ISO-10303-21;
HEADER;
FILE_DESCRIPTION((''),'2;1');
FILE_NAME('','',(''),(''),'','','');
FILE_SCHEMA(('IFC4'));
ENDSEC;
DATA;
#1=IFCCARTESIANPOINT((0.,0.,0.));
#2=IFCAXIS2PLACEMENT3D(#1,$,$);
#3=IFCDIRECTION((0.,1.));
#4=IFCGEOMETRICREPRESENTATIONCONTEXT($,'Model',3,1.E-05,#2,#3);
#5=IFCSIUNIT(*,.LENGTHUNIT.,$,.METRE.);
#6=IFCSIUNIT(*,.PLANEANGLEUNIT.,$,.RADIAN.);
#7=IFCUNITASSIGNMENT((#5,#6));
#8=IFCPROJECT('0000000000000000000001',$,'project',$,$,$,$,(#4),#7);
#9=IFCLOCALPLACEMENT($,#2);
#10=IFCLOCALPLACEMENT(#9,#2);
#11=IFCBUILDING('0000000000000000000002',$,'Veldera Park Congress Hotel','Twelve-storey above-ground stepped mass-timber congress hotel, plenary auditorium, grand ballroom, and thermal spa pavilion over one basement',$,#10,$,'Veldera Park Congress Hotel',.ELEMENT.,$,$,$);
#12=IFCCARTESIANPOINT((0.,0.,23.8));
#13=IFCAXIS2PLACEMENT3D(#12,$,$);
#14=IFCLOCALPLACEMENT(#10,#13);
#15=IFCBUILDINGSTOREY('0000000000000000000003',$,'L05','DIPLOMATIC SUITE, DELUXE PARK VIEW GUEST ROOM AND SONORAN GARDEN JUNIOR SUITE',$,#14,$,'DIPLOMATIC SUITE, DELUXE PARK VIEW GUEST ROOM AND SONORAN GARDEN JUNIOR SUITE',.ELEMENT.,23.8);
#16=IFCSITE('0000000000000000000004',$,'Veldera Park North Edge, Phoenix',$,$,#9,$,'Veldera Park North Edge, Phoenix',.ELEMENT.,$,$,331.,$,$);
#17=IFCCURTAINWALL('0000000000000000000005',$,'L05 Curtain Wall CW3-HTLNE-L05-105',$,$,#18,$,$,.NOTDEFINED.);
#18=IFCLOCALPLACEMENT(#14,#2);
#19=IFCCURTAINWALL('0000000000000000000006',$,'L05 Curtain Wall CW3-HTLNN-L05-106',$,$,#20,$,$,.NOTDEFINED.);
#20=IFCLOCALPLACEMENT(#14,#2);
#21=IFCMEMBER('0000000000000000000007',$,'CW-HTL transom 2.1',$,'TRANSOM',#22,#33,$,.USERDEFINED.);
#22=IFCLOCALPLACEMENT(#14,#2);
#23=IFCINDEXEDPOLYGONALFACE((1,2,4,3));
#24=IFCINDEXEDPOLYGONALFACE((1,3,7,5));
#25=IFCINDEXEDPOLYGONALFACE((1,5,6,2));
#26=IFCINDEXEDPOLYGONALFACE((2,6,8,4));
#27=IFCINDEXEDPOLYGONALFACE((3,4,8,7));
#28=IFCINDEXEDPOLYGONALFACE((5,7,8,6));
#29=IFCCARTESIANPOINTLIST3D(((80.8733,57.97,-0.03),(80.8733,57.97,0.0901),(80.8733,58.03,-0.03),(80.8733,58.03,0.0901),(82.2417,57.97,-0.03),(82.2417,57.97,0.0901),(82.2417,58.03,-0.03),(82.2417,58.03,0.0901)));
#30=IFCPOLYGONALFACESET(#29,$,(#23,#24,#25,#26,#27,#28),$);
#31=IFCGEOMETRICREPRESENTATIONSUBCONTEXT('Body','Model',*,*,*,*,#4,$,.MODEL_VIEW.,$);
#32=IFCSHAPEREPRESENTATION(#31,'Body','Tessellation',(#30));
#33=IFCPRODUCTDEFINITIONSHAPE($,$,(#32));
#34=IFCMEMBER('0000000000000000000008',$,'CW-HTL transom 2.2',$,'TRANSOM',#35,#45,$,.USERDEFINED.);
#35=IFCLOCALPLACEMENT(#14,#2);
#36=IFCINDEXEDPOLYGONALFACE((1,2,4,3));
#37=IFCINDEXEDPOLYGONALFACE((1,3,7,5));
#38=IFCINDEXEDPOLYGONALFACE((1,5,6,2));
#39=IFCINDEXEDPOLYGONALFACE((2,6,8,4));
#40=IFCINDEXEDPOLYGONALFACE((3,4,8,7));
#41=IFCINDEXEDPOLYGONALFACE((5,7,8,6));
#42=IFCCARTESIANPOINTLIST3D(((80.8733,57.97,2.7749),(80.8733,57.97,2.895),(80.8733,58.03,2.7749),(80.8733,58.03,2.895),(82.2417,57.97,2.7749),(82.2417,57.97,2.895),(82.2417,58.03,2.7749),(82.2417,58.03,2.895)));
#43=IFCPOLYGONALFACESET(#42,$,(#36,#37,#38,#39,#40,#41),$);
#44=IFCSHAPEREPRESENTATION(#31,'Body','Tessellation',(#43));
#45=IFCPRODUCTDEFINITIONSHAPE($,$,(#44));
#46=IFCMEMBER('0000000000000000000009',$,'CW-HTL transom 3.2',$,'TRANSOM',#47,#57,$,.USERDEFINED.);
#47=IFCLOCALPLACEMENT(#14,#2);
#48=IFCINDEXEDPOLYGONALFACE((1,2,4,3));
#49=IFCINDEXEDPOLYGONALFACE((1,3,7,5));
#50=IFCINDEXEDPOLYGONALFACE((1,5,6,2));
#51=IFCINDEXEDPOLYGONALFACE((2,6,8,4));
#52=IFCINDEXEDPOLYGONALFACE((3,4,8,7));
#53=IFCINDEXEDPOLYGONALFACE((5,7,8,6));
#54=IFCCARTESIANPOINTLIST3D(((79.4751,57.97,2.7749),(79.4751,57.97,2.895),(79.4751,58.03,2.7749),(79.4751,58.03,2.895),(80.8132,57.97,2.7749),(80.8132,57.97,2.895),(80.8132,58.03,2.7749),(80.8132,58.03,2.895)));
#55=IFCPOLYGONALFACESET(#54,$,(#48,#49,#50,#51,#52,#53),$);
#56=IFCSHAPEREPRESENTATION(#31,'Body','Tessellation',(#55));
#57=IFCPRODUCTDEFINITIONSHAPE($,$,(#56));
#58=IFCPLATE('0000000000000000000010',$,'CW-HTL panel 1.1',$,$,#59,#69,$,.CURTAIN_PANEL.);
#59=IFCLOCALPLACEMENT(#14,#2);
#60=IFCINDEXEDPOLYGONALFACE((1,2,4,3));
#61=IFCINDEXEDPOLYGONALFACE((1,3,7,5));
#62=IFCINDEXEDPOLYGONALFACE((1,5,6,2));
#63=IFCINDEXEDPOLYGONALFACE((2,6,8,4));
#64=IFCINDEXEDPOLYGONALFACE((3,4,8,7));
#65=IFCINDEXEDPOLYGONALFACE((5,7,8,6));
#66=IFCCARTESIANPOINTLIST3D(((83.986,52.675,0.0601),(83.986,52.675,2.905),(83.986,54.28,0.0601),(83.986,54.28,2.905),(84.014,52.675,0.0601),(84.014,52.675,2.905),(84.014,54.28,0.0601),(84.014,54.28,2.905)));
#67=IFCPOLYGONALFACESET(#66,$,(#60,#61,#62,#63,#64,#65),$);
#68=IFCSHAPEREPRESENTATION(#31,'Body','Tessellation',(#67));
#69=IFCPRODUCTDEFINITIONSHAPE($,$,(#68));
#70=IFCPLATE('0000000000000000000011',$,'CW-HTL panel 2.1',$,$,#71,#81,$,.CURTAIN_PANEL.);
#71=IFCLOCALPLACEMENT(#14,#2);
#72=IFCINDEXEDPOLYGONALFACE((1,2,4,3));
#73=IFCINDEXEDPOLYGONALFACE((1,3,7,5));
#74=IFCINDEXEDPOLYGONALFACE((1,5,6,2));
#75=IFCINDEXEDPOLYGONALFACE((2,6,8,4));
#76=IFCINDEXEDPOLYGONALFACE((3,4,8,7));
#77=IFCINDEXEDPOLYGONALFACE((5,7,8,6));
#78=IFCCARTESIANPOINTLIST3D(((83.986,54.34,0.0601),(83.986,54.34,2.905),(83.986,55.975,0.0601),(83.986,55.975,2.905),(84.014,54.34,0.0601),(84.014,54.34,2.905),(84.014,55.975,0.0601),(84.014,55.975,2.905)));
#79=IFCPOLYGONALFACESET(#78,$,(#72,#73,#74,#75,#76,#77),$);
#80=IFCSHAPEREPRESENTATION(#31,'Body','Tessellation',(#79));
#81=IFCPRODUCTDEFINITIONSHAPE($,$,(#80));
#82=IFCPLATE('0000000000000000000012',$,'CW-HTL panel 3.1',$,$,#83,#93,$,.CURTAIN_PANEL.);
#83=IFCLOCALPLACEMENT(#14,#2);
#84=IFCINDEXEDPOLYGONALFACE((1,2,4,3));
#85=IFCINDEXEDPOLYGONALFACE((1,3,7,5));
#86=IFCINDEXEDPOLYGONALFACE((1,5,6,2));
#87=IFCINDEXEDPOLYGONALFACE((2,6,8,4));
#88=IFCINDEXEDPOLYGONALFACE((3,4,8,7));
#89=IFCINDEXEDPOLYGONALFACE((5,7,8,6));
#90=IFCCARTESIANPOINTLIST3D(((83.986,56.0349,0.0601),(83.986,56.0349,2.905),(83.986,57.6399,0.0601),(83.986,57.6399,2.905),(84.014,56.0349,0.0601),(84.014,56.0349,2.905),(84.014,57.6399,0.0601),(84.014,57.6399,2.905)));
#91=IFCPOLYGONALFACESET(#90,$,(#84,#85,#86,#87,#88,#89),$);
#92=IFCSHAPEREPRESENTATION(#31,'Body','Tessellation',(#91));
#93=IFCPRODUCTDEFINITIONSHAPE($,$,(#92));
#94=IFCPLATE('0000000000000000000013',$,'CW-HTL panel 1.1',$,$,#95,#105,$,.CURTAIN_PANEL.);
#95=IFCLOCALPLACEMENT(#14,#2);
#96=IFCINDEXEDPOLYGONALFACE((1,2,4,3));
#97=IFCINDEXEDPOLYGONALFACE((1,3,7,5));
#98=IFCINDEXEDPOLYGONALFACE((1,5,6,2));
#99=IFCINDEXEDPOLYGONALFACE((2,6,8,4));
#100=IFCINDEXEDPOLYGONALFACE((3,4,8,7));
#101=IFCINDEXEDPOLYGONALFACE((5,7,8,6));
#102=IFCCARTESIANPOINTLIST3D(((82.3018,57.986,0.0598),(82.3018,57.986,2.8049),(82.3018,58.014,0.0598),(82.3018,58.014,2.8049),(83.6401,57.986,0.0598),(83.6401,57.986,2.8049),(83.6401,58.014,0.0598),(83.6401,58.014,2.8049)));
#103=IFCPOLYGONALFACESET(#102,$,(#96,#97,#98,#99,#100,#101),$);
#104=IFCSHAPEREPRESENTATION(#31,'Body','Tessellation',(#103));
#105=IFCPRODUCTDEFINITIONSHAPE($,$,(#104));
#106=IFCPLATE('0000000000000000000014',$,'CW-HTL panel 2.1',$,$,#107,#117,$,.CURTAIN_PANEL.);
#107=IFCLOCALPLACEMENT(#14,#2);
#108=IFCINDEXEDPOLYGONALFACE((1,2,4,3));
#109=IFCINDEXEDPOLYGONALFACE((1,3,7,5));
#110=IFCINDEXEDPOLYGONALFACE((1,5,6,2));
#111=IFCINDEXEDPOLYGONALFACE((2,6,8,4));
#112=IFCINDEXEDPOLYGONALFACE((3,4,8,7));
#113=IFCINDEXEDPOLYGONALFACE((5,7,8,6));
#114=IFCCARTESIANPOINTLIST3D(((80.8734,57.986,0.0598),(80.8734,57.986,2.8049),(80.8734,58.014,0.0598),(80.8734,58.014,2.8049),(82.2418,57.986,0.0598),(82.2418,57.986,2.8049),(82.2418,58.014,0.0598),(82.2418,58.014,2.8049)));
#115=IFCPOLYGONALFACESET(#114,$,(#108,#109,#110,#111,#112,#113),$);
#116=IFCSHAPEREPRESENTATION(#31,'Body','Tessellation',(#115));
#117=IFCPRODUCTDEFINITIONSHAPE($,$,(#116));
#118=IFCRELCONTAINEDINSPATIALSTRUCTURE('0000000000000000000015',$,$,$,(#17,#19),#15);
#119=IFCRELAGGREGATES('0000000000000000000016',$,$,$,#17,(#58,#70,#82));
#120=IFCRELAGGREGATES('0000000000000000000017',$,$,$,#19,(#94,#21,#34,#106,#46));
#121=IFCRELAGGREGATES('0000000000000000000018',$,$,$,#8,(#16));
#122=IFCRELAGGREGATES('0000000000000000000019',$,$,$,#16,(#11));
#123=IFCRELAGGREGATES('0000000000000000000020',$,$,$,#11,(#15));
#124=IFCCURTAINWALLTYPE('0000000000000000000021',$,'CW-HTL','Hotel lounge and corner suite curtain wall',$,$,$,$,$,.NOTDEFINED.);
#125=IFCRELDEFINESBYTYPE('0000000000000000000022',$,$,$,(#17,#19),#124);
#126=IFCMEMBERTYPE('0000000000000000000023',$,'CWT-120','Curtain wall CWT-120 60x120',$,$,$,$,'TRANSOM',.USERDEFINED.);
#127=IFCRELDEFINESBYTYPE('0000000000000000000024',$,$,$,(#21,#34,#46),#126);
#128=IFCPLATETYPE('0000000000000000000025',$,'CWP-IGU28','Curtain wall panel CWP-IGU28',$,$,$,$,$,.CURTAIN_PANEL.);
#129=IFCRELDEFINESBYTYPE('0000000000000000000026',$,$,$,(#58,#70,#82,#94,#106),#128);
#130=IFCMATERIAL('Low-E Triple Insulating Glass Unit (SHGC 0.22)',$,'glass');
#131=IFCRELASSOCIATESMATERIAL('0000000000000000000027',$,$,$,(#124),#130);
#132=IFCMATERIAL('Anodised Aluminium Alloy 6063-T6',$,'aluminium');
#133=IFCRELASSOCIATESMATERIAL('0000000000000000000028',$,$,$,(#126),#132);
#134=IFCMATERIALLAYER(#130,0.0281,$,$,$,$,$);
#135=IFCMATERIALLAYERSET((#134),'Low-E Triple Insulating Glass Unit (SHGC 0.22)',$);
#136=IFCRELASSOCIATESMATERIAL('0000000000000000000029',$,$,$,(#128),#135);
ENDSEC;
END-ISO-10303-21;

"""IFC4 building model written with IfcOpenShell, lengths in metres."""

from ifc_helpers import new_model, si_unit, direction, frame, origin, origin_2d, place, context, subcontext, project, spatial, rectangle, extrude, material, layer, layer_set, material_profile, profile_set, type_object, element, aggregate, save


model = new_model("IFC4")

# Units and contexts
model_context = context("Model", 3, precision=1e-05, world=origin(), true_north=direction((0.0, 1.0)))
body_context = subcontext(model_context, "Body", "Model", "MODEL_VIEW")
ifc_project = project(units=[si_unit("LENGTHUNIT", "METRE"), si_unit("PLANEANGLEUNIT", "RADIAN")], contexts=[model_context])

# Site, building, storey
site_placement = place(None, origin())
site = spatial("IfcSite", under=ifc_project, at=site_placement, Name="Veldera Park North Edge, Phoenix", LongName="Veldera Park North Edge, Phoenix", CompositionType="ELEMENT", RefElevation=331.0)
building_placement = place(site_placement, origin())
building = spatial("IfcBuilding", under=site, at=building_placement, Name="Veldera Park Congress Hotel", Description="Twelve-storey above-ground stepped mass-timber congress hotel, plenary auditorium, grand ballroom, and thermal spa pavilion over one basement", LongName="Veldera Park Congress Hotel", CompositionType="ELEMENT")
storey_placement = place(building_placement, frame((0.0, 0.0, 23.8)))
storey = spatial("IfcBuildingStorey", under=building, at=storey_placement, Name="L05", Description="DIPLOMATIC SUITE, DELUXE PARK VIEW GUEST ROOM AND SONORAN GARDEN JUNIOR SUITE", LongName="DIPLOMATIC SUITE, DELUXE PARK VIEW GUEST ROOM AND SONORAN GARDEN JUNIOR SUITE", CompositionType="ELEMENT", Elevation=23.8)

# Curtain walls
ifc_material_1 = material(Name="Low-E Triple Insulating Glass Unit (SHGC 0.22)", Category="glass")
curtain_wall_type = type_object("IfcCurtainWallType", Name="CW-HTL", Description="Hotel lounge and corner suite curtain wall", PredefinedType="NOTDEFINED", material=ifc_material_1)
curtain_wall_1_placement = place(storey_placement, origin())
curtain_wall_1 = element("IfcCurtainWall", 1, at=curtain_wall_1_placement, inside=storey, type_object=curtain_wall_type, Name="L05 Curtain Wall CW3-HTLNE-L05-105", PredefinedType="NOTDEFINED")
ifc_material_2 = material(Name="Anodised Aluminium Alloy 6063-T6", Category="aluminium")
curtain_wall_2_placement = place(storey_placement, origin())
curtain_wall_2 = element("IfcCurtainWall", 2, at=curtain_wall_2_placement, inside=storey, type_object=curtain_wall_type, Name="L05 Curtain Wall CW3-HTLNN-L05-106", PredefinedType="NOTDEFINED")

# Members
ifc_material_profile_1 = material_profile(ifc_material_2, rectangle(XDim=0.0601, YDim=0.1201, at=origin_2d()), Name="ALU 60x120")
ifc_profile_set_1 = profile_set([ifc_material_profile_1], Name="Anodised Aluminium Alloy 6063-T6")
member_type_1 = type_object("IfcMemberType", Name="CWT-120", Description="Curtain wall CWT-120 60x120", ElementType="TRANSOM", PredefinedType="USERDEFINED", material=ifc_profile_set_1)
member_1_placement = place(storey_placement, frame((82.2417, 58.0, 0.03), z_axis=(-1.0, 0.0, 0.0), x_axis=(0.0, -1.0, 0.0)))
member_1 = element("IfcMember", 3, at=member_1_placement, type_object=member_type_1, Name="CW-HTL transom 2.1", ObjectType="TRANSOM", PredefinedType="USERDEFINED", context=body_context, shape_type="SweptSolid", body=[
    extrude(rectangle(XDim=0.0601, YDim=0.1201, at=origin_2d()), origin(), (0.0, 0.0, 1.0), 1.3684),
])
member_2_placement = place(storey_placement, frame((82.2417, 58.0, 2.835), z_axis=(-1.0, 0.0, 0.0), x_axis=(0.0, -1.0, 0.0)))
member_2 = element("IfcMember", 4, at=member_2_placement, type_object=member_type_1, Name="CW-HTL transom 2.2", ObjectType="TRANSOM", PredefinedType="USERDEFINED", context=body_context, shape_type="SweptSolid", body=[
    extrude(rectangle(XDim=0.0601, YDim=0.1201, at=origin_2d()), origin(), (0.0, 0.0, 1.0), 1.3684),
])
member_3_placement = place(storey_placement, frame((80.8132, 58.0, 2.835), z_axis=(-1.0, 0.0, 0.0), x_axis=(0.0, -1.0, 0.0)))
member_3 = element("IfcMember", 5, at=member_3_placement, type_object=member_type_1, Name="CW-HTL transom 3.2", ObjectType="TRANSOM", PredefinedType="USERDEFINED", context=body_context, shape_type="SweptSolid", body=[
    extrude(rectangle(XDim=0.0601, YDim=0.1201, at=origin_2d()), origin(), (0.0, 0.0, 1.0), 1.3381),
])

# Plates
ifc_layer = layer(ifc_material_1, 0.0281)
ifc_layer_set = layer_set([ifc_layer], Name="Low-E Triple Insulating Glass Unit (SHGC 0.22)")
plate_type = type_object("IfcPlateType", Name="CWP-IGU28", Description="Curtain wall panel CWP-IGU28", PredefinedType="CURTAIN_PANEL", material=ifc_layer_set)
plate_1_placement = place(storey_placement, frame((84.0, 53.4775, 0.0601), z_axis=(0.0, 0.0, 1.0), x_axis=(0.0, 1.0, 0.0)))
plate_1 = element("IfcPlate", 6, at=plate_1_placement, type_object=plate_type, Name="CW-HTL panel 1.1", PredefinedType="CURTAIN_PANEL", context=body_context, shape_type="SweptSolid", body=[
    extrude(rectangle(XDim=1.605, YDim=0.0281, at=origin_2d()), origin(), (0.0, 0.0, 1.0), 2.845),
])
plate_2_placement = place(storey_placement, frame((84.0, 55.1575, 0.0601), z_axis=(0.0, 0.0, 1.0), x_axis=(0.0, 1.0, 0.0)))
plate_2 = element("IfcPlate", 7, at=plate_2_placement, type_object=plate_type, Name="CW-HTL panel 2.1", PredefinedType="CURTAIN_PANEL", context=body_context, shape_type="SweptSolid", body=[
    extrude(rectangle(XDim=1.635, YDim=0.0281, at=origin_2d()), origin(), (0.0, 0.0, 1.0), 2.845),
])
plate_3_placement = place(storey_placement, frame((84.0, 56.8374, 0.0601), z_axis=(0.0, 0.0, 1.0), x_axis=(0.0, 1.0, 0.0)))
plate_3 = element("IfcPlate", 8, at=plate_3_placement, type_object=plate_type, Name="CW-HTL panel 3.1", PredefinedType="CURTAIN_PANEL", context=body_context, shape_type="SweptSolid", body=[
    extrude(rectangle(XDim=1.605, YDim=0.0281, at=origin_2d()), origin(), (0.0, 0.0, 1.0), 2.845),
])
aggregate(curtain_wall_1, [plate_1, plate_2, plate_3])
plate_4_placement = place(storey_placement, frame((82.9709, 58.0, 0.0598), z_axis=(0.0, 0.0, 1.0), x_axis=(-1.0, 0.0, 0.0)))
plate_4 = element("IfcPlate", 9, at=plate_4_placement, type_object=plate_type, Name="CW-HTL panel 1.1", PredefinedType="CURTAIN_PANEL", context=body_context, shape_type="SweptSolid", body=[
    extrude(rectangle(XDim=1.3384, YDim=0.0281, at=origin_2d()), origin(), (0.0, 0.0, 1.0), 2.7451),
])
plate_5_placement = place(storey_placement, frame((81.5576, 58.0, 0.0598), z_axis=(0.0, 0.0, 1.0), x_axis=(-1.0, 0.0, 0.0)))
plate_5 = element("IfcPlate", 10, at=plate_5_placement, type_object=plate_type, Name="CW-HTL panel 2.1", PredefinedType="CURTAIN_PANEL", context=body_context, shape_type="SweptSolid", body=[
    extrude(rectangle(XDim=1.3684, YDim=0.0281, at=origin_2d()), origin(), (0.0, 0.0, 1.0), 2.7451),
])
aggregate(curtain_wall_2, [plate_4, member_1, member_2, plate_5, member_3])

save(model, "model.ifc")
